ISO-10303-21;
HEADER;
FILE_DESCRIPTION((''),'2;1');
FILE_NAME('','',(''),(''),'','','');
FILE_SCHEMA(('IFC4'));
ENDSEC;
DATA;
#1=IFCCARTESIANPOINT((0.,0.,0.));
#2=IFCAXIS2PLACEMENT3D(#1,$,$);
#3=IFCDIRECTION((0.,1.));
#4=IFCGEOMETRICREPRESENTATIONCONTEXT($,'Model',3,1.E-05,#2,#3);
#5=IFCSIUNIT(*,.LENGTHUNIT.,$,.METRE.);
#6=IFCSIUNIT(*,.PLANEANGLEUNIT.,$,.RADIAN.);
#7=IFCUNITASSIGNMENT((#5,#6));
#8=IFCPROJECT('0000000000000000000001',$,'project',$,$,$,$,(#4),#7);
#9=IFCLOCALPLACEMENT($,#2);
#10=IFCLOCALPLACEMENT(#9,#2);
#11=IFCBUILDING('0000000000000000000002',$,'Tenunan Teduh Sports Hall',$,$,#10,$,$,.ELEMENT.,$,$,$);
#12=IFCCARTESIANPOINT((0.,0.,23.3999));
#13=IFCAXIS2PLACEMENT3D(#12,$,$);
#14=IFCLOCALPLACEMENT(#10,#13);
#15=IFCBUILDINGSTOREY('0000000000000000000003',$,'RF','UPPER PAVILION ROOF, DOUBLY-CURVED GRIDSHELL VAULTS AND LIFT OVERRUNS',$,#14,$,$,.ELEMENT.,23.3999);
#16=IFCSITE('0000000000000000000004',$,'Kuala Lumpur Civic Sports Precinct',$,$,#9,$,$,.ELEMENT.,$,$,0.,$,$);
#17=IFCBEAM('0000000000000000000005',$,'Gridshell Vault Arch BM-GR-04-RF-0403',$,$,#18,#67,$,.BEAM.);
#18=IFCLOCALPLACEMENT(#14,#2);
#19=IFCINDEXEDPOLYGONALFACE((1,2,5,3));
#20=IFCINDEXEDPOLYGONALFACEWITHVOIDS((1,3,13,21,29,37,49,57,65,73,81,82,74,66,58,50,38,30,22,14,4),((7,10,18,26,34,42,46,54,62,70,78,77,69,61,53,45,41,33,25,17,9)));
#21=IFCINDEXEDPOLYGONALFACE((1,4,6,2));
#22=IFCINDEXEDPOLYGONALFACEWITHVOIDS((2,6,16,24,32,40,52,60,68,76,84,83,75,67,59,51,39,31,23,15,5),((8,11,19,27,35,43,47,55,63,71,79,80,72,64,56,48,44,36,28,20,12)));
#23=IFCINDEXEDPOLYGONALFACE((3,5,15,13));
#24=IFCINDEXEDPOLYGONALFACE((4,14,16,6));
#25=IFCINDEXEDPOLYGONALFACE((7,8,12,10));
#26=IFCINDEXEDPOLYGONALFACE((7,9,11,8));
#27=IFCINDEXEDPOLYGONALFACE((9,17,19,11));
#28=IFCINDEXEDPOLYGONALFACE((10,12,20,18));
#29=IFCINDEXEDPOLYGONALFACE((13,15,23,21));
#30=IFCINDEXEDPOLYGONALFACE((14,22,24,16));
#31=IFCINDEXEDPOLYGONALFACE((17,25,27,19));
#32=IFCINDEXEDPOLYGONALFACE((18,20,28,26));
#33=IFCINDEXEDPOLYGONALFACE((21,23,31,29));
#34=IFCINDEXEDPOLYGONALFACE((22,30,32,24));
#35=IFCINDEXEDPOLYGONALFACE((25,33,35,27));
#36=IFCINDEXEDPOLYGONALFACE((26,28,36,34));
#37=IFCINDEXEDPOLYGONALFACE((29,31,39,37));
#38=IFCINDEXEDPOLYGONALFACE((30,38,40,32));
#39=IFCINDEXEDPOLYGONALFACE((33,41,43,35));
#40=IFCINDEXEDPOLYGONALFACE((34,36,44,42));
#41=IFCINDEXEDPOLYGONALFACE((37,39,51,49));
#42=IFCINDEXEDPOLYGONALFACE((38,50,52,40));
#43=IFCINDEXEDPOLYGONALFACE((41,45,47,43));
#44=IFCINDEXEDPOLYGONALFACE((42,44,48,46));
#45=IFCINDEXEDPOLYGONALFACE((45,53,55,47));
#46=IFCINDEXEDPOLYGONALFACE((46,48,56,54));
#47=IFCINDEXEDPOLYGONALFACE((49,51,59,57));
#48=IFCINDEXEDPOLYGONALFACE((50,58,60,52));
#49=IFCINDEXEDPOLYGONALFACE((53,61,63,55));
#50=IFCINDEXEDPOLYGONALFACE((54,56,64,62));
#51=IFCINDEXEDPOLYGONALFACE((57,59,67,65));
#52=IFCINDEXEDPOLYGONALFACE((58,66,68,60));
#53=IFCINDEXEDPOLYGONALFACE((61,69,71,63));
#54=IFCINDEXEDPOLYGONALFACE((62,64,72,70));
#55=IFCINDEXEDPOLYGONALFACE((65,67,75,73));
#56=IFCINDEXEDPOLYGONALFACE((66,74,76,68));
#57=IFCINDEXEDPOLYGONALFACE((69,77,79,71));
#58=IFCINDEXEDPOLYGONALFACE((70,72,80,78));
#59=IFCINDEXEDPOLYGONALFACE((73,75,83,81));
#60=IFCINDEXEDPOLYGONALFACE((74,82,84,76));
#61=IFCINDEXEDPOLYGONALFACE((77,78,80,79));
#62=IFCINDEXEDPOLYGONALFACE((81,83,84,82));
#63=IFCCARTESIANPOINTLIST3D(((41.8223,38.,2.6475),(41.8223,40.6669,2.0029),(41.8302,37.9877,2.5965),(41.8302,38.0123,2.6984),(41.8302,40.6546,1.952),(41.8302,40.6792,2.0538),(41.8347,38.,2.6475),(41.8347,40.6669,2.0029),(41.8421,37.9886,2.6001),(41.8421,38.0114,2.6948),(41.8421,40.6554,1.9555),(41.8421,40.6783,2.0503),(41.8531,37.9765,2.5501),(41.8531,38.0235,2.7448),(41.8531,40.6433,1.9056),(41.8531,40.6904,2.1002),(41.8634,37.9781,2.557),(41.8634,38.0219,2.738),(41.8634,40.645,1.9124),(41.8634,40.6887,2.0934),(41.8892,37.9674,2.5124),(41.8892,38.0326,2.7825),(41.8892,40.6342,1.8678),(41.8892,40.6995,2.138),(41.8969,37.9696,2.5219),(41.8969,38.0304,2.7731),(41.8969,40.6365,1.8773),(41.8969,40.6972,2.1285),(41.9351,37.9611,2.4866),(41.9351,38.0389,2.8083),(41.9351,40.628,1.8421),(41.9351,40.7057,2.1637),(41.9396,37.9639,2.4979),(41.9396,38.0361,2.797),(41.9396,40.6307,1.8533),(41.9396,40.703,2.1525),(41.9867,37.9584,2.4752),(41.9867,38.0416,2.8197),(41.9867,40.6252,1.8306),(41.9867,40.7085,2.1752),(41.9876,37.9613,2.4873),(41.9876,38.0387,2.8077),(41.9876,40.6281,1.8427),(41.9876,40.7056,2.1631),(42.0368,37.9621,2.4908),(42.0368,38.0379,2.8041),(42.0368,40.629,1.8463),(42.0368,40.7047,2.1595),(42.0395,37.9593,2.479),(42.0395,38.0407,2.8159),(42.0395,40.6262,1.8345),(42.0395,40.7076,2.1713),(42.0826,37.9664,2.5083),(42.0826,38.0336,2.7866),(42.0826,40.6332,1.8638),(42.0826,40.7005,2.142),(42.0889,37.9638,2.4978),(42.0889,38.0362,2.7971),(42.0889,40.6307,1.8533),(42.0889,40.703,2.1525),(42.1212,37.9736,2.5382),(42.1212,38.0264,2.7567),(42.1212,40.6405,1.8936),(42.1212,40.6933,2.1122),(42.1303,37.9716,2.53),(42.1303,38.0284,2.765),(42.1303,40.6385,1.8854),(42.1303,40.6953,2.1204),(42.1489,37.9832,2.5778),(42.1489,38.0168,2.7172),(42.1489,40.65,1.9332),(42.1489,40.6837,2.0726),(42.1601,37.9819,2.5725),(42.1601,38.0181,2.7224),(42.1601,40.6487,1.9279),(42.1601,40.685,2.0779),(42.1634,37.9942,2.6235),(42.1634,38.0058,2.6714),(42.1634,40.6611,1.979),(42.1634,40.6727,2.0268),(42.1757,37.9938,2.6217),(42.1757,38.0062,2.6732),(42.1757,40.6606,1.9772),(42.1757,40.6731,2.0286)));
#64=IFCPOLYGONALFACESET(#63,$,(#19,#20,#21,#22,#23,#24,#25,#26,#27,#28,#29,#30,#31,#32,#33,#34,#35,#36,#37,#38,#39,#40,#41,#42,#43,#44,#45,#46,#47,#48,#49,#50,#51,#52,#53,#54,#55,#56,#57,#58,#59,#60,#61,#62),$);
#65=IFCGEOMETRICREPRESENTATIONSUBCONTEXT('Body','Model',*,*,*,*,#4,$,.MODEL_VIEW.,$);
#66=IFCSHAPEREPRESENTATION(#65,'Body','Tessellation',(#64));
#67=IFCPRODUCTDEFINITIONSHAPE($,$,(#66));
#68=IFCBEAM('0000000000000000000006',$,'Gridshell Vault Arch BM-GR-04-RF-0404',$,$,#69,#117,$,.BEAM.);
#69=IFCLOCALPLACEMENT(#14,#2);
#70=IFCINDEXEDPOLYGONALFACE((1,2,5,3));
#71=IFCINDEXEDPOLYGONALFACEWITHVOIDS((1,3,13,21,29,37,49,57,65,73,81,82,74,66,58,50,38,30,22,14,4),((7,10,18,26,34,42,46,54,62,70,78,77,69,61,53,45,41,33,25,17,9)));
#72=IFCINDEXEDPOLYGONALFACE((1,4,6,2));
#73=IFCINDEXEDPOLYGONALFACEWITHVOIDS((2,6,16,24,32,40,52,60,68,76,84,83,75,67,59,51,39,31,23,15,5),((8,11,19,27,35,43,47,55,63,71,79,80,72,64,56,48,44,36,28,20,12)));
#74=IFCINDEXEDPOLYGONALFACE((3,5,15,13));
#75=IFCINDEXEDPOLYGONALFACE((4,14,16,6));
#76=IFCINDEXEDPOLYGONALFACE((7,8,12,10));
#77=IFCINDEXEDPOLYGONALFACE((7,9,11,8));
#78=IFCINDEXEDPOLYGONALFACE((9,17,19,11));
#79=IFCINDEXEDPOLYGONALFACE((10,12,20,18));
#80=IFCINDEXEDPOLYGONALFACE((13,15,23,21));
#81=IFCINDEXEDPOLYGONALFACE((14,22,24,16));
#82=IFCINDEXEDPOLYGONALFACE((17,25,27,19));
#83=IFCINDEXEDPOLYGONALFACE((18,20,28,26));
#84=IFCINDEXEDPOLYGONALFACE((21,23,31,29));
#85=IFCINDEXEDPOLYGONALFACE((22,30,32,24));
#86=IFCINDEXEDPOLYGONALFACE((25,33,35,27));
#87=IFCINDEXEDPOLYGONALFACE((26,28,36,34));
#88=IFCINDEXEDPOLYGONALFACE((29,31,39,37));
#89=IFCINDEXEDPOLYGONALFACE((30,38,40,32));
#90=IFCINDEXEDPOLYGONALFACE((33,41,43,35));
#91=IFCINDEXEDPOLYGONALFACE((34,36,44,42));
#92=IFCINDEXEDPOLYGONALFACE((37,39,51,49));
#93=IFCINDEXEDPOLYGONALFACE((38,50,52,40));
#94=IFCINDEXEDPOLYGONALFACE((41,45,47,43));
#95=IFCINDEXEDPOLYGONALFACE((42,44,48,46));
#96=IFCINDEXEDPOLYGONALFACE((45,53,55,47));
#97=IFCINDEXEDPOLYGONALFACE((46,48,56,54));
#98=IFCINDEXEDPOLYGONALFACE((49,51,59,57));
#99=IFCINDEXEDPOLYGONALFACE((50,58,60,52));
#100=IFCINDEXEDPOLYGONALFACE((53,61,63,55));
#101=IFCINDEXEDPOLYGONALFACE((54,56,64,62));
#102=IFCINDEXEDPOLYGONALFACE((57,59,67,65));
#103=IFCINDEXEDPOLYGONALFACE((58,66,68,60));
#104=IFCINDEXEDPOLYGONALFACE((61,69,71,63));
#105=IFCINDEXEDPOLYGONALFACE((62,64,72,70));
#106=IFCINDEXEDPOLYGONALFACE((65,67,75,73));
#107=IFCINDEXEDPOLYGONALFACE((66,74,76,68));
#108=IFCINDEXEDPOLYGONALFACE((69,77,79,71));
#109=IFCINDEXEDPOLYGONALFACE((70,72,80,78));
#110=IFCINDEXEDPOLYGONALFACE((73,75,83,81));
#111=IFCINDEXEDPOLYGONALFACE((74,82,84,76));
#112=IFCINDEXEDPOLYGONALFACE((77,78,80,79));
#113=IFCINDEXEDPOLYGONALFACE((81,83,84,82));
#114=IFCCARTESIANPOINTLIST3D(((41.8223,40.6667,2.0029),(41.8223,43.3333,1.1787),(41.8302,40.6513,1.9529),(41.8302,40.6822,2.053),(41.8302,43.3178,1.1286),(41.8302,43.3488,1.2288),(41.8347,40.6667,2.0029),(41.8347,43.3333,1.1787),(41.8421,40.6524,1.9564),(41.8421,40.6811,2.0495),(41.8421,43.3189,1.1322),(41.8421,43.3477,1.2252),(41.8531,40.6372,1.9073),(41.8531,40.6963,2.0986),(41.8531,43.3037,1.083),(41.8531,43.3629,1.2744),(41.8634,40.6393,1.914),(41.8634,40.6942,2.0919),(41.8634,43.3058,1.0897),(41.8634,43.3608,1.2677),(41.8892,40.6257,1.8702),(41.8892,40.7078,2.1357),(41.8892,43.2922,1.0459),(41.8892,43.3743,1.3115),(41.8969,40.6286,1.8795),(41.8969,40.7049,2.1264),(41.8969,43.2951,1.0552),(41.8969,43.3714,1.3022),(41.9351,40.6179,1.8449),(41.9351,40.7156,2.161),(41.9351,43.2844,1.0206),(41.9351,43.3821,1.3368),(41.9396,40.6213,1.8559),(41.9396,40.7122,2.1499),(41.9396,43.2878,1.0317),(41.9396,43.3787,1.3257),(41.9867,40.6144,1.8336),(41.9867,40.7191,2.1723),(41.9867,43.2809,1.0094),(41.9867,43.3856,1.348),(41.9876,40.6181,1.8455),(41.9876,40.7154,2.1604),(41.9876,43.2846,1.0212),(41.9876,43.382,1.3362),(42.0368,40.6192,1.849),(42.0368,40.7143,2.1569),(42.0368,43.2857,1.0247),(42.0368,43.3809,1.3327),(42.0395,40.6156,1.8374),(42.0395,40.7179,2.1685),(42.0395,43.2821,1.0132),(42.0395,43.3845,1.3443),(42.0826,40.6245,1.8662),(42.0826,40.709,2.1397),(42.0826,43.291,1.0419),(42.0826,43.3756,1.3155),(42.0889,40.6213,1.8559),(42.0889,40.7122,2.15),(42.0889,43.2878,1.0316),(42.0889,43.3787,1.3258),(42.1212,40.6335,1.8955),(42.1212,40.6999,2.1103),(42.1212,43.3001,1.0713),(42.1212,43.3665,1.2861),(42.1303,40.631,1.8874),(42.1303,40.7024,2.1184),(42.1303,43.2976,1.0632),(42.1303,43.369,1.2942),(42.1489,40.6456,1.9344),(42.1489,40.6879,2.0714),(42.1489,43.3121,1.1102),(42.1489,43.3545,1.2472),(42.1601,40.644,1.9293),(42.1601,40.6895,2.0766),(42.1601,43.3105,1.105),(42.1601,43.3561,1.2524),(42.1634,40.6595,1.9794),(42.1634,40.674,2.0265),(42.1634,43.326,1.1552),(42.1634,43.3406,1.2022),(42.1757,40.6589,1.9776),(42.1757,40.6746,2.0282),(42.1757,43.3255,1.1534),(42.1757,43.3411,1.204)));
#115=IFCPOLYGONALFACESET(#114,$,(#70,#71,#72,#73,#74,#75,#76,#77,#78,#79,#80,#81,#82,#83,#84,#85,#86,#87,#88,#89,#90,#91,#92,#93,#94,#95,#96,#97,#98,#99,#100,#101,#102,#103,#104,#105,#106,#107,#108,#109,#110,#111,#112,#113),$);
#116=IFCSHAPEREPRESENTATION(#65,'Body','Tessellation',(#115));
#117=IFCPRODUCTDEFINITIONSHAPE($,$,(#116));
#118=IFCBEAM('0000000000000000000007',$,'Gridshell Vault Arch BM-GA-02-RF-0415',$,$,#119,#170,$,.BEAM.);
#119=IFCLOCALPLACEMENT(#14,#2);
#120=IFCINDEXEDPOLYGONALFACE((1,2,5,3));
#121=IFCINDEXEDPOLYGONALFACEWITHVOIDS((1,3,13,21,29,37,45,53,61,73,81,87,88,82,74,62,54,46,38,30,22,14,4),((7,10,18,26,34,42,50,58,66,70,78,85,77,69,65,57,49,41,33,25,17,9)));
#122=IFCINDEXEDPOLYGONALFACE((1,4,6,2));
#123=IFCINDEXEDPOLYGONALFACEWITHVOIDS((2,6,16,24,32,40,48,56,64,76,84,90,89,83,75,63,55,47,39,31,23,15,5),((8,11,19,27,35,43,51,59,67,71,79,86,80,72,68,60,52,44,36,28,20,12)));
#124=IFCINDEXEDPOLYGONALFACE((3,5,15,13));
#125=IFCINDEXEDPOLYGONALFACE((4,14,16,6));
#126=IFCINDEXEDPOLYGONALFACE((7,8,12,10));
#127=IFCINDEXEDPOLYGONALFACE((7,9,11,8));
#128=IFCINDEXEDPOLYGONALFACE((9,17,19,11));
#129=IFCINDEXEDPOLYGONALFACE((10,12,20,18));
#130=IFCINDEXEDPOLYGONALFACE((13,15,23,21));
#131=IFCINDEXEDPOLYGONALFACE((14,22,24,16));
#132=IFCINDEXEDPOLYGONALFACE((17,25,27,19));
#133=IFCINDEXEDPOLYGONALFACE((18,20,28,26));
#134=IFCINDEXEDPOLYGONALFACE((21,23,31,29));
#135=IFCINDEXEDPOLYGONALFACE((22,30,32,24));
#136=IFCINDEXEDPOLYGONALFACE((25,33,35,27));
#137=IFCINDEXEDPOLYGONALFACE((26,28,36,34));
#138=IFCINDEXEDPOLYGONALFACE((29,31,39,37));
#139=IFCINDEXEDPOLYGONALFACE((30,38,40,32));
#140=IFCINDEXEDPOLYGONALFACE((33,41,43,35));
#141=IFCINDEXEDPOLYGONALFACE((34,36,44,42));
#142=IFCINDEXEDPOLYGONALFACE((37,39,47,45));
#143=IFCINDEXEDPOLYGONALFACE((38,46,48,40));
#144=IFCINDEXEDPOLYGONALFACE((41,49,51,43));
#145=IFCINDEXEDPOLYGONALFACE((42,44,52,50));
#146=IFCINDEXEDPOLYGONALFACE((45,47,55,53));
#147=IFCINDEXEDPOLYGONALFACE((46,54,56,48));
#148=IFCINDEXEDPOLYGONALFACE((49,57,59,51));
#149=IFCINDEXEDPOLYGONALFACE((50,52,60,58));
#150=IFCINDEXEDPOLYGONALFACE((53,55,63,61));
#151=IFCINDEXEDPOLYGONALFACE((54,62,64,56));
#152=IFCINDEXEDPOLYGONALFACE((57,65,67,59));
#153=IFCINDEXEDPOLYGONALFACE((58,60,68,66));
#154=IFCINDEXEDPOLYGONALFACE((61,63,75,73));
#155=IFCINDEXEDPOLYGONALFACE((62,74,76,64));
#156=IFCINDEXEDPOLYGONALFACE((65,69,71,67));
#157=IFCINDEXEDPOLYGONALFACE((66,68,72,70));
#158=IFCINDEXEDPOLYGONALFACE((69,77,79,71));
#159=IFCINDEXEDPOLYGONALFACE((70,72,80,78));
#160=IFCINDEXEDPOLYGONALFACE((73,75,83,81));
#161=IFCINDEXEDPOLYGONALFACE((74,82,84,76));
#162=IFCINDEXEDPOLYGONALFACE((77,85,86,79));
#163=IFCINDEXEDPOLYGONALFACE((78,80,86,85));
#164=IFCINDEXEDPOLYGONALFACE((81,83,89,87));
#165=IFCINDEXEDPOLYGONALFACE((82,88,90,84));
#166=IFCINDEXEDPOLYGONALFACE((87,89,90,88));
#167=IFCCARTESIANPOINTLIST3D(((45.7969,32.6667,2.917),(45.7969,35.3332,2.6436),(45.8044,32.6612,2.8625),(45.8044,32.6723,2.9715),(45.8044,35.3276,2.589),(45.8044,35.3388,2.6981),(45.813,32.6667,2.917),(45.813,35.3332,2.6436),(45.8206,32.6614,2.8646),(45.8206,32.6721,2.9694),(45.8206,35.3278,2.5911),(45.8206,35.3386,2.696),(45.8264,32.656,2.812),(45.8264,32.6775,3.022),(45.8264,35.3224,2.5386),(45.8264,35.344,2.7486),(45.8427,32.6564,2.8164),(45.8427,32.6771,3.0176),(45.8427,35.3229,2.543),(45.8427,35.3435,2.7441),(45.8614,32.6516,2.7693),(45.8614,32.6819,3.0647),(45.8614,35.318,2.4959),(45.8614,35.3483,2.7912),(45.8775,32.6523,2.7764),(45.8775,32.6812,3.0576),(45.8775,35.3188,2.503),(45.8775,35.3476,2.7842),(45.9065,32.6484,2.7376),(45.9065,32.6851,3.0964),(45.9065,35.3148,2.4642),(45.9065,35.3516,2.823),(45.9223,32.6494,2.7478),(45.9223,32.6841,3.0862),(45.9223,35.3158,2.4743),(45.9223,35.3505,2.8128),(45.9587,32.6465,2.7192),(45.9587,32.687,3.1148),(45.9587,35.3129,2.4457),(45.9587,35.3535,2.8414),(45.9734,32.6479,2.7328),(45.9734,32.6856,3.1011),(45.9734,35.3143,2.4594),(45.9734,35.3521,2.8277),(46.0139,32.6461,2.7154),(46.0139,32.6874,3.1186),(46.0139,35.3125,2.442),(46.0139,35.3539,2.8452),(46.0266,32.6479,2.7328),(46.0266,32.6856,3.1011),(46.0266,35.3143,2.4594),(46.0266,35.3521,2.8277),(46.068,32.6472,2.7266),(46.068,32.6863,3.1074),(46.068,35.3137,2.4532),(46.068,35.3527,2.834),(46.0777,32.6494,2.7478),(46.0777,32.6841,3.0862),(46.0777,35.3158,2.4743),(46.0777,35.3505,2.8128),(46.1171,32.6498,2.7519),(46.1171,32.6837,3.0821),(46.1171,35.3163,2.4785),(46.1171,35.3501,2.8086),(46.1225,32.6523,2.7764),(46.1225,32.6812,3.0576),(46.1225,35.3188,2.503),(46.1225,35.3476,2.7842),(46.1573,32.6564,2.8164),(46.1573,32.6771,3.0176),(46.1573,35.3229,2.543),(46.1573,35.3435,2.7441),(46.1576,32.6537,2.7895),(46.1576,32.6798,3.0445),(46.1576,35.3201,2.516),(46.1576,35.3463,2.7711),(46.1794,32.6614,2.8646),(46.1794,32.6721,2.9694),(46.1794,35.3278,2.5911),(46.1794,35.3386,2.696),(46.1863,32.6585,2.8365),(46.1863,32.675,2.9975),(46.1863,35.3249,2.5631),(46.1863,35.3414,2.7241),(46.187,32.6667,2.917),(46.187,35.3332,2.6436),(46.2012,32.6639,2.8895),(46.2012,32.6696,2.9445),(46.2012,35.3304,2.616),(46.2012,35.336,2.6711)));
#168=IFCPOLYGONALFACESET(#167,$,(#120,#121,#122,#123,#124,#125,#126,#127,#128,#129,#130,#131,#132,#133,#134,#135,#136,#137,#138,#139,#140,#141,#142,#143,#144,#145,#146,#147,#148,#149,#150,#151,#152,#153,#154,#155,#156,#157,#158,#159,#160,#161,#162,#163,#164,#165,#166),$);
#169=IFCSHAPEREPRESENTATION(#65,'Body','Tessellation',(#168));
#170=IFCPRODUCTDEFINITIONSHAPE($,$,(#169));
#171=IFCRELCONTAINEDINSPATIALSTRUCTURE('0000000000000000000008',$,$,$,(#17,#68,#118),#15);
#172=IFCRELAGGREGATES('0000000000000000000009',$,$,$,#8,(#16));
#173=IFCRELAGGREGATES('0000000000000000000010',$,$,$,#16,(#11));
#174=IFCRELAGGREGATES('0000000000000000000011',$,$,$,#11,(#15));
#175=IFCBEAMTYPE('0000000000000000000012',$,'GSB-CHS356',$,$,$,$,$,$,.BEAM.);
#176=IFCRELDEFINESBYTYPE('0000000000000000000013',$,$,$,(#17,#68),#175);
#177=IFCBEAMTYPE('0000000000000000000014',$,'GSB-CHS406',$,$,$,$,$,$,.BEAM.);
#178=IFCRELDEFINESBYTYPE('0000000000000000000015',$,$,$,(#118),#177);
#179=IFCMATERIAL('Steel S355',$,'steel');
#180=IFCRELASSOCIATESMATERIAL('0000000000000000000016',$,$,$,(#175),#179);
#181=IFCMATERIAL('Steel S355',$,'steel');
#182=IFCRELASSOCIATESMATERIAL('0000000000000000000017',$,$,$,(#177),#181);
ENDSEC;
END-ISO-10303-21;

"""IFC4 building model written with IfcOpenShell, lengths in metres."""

from ifc_helpers import new_model, si_unit, direction, frame, origin, origin_2d, place, context, subcontext, project, spatial, hollow_circle, extrude, material, material_profile, profile_set, type_object, element, save


model = new_model("IFC4")

# Units and contexts
model_context = context("Model", 3, precision=1e-05, world=origin(), true_north=direction((0.0, 1.0)))
body_context = subcontext(model_context, "Body", "Model", "MODEL_VIEW")
ifc_project = project(units=[si_unit("LENGTHUNIT", "METRE"), si_unit("PLANEANGLEUNIT", "RADIAN")], contexts=[model_context])

# Site, building, storey
site_placement = place(None, origin())
site = spatial("IfcSite", under=ifc_project, at=site_placement, Name="Kuala Lumpur Civic Sports Precinct", CompositionType="ELEMENT", RefElevation=0.0)
building_placement = place(site_placement, origin())
building = spatial("IfcBuilding", under=site, at=building_placement, Name="Tenunan Teduh Sports Hall", CompositionType="ELEMENT")
storey_placement = place(building_placement, frame((0.0, 0.0, 23.3999)))
storey = spatial("IfcBuildingStorey", under=building, at=storey_placement, Name="RF", Description="UPPER PAVILION ROOF, DOUBLY-CURVED GRIDSHELL VAULTS AND LIFT OVERRUNS", CompositionType="ELEMENT", Elevation=23.3999)

# Beams
ifc_material_1 = material(Name="Steel S355", Category="steel")
ifc_material_profile_1 = material_profile(ifc_material_1, hollow_circle(Radius=0.1777, WallThickness=0.0125, at=origin_2d()), Name="CHS 355.6x12.5")
ifc_profile_set_1 = profile_set([ifc_material_profile_1], Name="Steel S355")
beam_type_1 = type_object("IfcBeamType", Name="GSB-CHS356", PredefinedType="BEAM", material=ifc_profile_set_1)
beam_1_placement = place(storey_placement, frame((42.0, 38.0, 2.6475), z_axis=(0.0, 0.972013, -0.234928), x_axis=(-1.0, 0.0, 0.0)))
element("IfcBeam", 1, at=beam_1_placement, inside=storey, type_object=beam_type_1, Name="Gridshell Vault Arch BM-GR-04-RF-0403", PredefinedType="BEAM", context=body_context, shape_type="SweptSolid", body=[
    extrude(hollow_circle(Radius=0.1777, WallThickness=0.0125, at=origin_2d()), origin(), (0.0, 0.0, 1.0), 2.7437),
])
beam_2_placement = place(storey_placement, frame((42.0, 40.6667, 2.0029), z_axis=(0.0, 0.9554, -0.295315), x_axis=(-1.0, 0.0, 0.0)))
element("IfcBeam", 2, at=beam_2_placement, inside=storey, type_object=beam_type_1, Name="Gridshell Vault Arch BM-GR-04-RF-0404", PredefinedType="BEAM", context=body_context, shape_type="SweptSolid", body=[
    extrude(hollow_circle(Radius=0.1777, WallThickness=0.0125, at=origin_2d()), origin(), (0.0, 0.0, 1.0), 2.791),
])
ifc_material_2 = material(Name="Steel S355", Category="steel")
ifc_material_profile_2 = material_profile(ifc_material_2, hollow_circle(Radius=0.2031, WallThickness=0.0161, at=origin_2d()), Name="CHS 406.4x16.0")
ifc_profile_set_2 = profile_set([ifc_material_profile_2], Name="Steel S355")
beam_type_2 = type_object("IfcBeamType", Name="GSB-CHS406", PredefinedType="BEAM", material=ifc_profile_set_2)
beam_3_placement = place(storey_placement, frame((46.0, 32.6667, 2.917), z_axis=(0.0, 0.994783, -0.10201), x_axis=(-1.0, 0.0, 0.0)))
element("IfcBeam", 3, at=beam_3_placement, inside=storey, type_object=beam_type_2, Name="Gridshell Vault Arch BM-GA-02-RF-0415", PredefinedType="BEAM", context=body_context, shape_type="SweptSolid", body=[
    extrude(hollow_circle(Radius=0.2031, WallThickness=0.0161, at=origin_2d()), origin(), (0.0, 0.0, 1.0), 2.6804),
])

save(model, "model.ifc")
